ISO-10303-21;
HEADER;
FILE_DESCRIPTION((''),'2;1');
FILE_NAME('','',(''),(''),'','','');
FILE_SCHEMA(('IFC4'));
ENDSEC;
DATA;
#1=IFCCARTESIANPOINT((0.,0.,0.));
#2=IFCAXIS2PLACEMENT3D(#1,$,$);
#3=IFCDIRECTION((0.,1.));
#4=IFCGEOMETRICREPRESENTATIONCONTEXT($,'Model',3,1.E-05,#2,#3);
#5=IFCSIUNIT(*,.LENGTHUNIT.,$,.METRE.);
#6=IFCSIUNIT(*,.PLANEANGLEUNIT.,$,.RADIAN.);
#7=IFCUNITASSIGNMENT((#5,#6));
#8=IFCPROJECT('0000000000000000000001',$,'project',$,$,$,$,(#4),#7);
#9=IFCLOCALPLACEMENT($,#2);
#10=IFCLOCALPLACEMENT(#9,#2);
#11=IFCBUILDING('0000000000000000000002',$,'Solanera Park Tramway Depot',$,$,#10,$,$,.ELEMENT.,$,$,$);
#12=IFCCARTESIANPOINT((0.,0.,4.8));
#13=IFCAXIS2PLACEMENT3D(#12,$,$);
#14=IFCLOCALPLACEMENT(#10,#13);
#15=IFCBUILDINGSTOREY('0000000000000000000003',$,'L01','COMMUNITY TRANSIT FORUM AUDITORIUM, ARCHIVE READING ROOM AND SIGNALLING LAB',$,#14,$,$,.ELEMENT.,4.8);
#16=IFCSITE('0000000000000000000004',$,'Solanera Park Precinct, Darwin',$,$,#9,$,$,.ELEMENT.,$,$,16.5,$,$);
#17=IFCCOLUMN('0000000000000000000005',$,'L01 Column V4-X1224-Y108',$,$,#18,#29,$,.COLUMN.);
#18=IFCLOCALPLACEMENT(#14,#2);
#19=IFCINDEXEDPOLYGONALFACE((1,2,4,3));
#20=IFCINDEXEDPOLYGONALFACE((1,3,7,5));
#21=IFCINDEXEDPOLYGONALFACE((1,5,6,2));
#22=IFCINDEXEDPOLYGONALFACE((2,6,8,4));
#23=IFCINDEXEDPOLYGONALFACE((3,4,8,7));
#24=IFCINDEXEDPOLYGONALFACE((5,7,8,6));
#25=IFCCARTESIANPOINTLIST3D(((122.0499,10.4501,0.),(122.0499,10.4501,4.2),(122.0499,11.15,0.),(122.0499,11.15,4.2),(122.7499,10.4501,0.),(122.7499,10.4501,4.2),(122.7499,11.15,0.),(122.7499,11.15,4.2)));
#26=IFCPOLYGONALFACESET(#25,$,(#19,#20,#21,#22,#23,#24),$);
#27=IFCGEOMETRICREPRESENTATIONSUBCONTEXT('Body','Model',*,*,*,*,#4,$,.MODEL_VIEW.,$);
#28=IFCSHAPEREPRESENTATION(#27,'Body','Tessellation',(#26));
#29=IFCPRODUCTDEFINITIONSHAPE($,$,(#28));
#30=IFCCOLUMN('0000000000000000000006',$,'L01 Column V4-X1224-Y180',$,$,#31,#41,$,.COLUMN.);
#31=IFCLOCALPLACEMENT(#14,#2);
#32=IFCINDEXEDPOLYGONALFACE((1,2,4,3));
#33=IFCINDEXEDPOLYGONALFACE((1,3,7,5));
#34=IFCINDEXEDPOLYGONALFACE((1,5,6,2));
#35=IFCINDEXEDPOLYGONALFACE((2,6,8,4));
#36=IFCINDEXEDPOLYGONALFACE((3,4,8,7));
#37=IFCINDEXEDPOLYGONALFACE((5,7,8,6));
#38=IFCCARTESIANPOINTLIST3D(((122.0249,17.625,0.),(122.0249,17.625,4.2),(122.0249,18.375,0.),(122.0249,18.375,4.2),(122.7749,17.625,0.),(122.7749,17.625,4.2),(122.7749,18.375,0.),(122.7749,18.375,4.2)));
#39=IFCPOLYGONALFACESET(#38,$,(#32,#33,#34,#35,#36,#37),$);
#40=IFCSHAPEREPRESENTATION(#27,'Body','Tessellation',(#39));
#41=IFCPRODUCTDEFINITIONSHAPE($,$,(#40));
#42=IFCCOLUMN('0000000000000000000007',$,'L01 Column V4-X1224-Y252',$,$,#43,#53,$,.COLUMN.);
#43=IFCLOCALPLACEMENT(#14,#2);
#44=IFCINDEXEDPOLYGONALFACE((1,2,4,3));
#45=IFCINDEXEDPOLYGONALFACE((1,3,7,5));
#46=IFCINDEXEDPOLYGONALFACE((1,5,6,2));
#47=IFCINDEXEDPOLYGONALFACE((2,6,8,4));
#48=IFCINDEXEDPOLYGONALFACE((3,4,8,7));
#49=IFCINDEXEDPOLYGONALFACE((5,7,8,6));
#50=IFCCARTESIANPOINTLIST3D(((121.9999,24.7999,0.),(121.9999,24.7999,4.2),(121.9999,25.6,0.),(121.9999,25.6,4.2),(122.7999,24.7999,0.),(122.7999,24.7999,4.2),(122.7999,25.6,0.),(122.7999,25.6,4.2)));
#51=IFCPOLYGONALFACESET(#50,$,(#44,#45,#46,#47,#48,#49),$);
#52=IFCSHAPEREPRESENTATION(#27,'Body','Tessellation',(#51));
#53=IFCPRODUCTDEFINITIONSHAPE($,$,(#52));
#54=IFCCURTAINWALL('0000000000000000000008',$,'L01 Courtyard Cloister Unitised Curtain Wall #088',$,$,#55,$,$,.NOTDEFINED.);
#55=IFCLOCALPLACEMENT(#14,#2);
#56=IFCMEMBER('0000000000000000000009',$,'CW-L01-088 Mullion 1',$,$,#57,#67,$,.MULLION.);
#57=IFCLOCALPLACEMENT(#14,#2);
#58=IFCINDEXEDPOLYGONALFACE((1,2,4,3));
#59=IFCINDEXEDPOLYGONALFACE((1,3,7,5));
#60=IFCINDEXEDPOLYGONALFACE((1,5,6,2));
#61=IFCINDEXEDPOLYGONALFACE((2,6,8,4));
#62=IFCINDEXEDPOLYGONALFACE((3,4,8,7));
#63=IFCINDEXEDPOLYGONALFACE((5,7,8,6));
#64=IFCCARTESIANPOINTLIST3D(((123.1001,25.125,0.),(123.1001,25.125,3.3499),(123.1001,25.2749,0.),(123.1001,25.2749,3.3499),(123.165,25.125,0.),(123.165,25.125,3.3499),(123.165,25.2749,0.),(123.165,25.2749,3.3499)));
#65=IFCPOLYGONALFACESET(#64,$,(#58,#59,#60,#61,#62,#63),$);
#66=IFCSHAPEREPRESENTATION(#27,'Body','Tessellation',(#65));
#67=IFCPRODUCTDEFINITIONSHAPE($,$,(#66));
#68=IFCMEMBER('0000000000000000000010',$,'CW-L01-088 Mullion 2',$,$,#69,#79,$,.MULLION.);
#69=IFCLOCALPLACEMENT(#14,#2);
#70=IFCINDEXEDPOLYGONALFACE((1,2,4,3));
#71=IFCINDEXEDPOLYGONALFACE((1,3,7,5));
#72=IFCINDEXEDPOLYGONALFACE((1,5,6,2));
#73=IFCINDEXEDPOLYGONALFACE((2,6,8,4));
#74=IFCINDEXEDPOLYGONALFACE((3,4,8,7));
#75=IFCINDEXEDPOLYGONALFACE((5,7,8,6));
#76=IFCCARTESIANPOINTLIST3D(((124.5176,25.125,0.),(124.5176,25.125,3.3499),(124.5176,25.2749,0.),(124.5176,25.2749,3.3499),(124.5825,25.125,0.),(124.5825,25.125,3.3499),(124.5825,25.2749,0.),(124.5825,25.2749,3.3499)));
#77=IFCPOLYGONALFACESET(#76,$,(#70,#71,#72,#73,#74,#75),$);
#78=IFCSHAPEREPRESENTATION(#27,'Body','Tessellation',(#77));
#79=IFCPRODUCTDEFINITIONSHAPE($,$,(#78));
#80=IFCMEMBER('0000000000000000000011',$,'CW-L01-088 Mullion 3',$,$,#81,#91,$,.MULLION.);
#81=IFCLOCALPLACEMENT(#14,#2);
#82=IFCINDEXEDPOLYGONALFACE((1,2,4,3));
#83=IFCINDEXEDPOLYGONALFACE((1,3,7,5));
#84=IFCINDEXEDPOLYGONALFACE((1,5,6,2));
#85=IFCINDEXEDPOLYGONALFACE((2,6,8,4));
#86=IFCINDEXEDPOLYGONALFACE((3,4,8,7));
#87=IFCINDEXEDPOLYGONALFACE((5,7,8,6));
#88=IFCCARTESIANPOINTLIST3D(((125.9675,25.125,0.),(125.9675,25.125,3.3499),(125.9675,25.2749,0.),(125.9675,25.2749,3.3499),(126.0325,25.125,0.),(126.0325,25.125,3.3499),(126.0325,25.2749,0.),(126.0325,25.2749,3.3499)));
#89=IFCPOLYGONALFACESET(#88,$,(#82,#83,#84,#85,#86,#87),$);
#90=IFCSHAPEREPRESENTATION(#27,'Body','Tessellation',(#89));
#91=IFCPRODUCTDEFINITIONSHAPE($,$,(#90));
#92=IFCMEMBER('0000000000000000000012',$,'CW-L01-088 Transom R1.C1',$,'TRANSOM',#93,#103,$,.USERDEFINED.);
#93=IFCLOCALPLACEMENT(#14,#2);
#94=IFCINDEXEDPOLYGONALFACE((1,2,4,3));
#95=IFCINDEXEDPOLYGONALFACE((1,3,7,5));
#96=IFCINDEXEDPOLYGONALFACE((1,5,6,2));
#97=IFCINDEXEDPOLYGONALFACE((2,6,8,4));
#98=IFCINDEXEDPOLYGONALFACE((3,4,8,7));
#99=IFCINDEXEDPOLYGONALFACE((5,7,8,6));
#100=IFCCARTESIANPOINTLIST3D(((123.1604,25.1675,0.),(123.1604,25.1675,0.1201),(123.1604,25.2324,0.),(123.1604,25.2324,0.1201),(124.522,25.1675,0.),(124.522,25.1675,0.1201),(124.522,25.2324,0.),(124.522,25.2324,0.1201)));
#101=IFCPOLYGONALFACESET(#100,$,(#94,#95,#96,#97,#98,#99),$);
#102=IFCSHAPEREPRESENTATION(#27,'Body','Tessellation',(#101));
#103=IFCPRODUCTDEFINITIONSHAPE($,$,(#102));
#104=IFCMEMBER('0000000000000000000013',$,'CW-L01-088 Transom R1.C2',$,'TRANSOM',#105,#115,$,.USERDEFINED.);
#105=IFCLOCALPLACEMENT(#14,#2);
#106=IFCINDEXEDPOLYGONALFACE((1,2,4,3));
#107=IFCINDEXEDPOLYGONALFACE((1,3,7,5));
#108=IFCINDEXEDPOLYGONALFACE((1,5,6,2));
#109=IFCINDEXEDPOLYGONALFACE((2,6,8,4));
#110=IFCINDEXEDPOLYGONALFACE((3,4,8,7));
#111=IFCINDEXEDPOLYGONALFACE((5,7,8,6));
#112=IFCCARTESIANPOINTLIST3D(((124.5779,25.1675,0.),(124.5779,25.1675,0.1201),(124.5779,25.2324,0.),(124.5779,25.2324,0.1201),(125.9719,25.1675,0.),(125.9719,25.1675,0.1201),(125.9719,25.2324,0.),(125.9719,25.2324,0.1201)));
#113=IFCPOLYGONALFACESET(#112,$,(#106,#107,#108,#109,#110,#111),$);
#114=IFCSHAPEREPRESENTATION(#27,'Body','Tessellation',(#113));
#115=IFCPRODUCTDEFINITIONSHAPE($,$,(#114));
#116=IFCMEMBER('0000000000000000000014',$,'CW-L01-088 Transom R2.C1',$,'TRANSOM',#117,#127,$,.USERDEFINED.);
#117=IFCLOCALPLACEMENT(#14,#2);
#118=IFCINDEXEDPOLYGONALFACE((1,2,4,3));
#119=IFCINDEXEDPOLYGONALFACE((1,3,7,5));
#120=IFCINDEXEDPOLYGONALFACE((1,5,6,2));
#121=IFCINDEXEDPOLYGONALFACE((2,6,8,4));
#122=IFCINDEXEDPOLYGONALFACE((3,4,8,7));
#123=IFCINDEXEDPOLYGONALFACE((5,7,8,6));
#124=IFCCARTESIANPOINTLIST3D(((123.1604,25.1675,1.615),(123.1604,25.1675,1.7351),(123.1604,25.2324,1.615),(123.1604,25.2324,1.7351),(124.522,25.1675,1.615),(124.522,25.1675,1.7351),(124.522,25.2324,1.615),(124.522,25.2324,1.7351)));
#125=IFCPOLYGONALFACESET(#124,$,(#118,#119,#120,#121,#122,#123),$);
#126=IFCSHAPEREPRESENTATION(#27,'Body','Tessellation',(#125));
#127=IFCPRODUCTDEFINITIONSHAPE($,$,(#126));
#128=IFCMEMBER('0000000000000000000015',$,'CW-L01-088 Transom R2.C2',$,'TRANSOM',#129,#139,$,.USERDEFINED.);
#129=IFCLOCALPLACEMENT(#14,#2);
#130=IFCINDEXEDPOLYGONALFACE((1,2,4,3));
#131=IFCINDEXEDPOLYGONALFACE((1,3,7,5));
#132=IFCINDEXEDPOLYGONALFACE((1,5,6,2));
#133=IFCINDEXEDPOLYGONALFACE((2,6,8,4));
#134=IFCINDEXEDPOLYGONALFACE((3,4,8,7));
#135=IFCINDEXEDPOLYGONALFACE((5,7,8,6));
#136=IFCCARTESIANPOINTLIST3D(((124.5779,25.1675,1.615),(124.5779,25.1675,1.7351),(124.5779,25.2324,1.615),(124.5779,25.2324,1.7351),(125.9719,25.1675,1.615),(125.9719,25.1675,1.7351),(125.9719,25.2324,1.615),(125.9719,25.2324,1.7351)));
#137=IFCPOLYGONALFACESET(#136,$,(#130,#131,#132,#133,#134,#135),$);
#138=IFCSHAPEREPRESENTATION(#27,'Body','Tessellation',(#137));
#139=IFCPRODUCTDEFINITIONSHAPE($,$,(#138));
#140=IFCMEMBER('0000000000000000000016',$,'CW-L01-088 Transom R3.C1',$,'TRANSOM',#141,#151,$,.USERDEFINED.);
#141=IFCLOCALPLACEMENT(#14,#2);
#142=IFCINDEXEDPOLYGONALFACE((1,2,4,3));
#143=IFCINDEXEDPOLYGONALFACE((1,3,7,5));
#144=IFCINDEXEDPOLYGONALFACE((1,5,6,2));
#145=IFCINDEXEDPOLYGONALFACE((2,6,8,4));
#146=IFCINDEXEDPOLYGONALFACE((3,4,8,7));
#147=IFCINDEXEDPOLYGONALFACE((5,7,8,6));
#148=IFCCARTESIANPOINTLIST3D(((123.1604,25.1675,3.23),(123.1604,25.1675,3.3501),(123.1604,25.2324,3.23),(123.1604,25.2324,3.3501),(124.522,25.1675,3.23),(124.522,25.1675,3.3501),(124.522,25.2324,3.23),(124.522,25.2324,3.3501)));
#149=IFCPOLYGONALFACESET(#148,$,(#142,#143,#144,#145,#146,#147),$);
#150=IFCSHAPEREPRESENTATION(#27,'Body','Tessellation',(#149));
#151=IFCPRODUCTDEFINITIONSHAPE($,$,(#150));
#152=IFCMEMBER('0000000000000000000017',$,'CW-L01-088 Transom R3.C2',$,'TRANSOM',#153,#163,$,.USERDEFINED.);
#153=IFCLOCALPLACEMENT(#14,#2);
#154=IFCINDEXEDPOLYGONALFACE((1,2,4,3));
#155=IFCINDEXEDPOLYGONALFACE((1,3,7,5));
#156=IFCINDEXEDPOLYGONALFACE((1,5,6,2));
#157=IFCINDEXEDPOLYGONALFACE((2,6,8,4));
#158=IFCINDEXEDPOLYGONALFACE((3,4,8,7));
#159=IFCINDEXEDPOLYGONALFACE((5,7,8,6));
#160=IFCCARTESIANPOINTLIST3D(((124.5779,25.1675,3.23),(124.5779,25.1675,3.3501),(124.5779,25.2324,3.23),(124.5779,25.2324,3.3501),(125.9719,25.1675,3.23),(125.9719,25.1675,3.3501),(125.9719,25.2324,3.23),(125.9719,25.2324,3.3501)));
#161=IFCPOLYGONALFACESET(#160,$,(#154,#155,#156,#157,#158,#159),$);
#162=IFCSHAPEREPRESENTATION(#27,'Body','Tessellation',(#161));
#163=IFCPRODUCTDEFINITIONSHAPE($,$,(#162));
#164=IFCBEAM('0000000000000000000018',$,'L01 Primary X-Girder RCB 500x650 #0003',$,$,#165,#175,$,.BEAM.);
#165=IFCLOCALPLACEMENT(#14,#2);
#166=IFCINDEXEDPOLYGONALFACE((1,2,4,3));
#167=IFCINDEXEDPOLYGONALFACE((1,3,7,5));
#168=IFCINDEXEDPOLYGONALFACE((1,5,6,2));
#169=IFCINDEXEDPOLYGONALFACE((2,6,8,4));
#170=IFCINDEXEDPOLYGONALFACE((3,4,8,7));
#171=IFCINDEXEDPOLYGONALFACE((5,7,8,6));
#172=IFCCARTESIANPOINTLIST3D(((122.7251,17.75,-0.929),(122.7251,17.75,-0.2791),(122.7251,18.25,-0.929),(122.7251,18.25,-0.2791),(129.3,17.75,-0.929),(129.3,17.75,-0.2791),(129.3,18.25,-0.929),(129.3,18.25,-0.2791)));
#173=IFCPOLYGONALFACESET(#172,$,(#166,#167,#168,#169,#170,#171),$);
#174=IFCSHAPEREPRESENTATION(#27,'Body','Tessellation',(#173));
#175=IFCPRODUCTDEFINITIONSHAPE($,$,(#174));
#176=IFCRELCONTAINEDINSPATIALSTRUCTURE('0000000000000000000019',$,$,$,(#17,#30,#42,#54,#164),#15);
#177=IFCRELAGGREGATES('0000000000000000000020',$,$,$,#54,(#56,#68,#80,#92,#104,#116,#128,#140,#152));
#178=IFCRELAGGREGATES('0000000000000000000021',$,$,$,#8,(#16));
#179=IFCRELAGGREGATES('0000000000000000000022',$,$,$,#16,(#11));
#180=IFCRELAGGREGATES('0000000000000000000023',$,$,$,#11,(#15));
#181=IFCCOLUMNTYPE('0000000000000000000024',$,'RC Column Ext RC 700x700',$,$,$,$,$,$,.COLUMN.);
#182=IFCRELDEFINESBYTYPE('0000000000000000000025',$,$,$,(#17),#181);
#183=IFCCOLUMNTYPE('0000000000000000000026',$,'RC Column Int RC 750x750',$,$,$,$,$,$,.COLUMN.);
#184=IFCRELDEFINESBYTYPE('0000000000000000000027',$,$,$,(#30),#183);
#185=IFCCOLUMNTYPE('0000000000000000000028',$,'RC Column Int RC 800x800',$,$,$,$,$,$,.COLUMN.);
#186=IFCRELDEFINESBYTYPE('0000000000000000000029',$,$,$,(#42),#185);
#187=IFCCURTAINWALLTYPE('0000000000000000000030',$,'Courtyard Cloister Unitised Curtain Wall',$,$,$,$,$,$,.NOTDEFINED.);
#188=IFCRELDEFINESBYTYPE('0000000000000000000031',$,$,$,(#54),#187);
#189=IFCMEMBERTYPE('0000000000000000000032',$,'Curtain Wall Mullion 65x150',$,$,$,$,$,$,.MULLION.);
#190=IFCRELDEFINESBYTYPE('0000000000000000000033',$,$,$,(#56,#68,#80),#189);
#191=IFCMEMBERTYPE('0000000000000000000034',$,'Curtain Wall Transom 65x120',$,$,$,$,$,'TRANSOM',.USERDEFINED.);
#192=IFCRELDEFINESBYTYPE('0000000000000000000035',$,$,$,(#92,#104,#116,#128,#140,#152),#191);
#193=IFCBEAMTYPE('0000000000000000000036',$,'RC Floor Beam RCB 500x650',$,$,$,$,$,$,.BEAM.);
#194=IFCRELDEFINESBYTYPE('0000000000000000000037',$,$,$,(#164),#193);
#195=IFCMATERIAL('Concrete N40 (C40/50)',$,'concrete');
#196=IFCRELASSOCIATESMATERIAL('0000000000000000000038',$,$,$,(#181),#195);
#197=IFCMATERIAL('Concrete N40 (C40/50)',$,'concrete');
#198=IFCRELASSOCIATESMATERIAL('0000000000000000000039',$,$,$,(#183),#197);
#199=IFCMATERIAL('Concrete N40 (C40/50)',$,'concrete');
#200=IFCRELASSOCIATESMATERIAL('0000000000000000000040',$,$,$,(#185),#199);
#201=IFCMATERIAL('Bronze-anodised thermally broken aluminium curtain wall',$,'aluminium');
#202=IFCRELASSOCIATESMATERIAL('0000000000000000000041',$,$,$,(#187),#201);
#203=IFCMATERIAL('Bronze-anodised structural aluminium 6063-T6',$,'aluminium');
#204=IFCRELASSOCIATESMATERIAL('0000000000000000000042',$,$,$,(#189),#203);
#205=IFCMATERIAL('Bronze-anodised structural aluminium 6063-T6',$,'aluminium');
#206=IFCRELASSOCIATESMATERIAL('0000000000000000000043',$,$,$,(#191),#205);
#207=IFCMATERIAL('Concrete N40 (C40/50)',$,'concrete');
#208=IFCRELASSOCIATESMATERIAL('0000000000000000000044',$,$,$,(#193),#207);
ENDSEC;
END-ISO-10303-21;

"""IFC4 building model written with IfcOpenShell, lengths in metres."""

from ifc_helpers import new_model, si_unit, direction, frame, origin, origin_2d, place, context, subcontext, project, spatial, rectangle, extrude, material, material_profile, profile_set, type_object, element, aggregate, save


model = new_model("IFC4")

# Units and contexts
model_context = context("Model", 3, precision=1e-05, world=origin(), true_north=direction((0.0, 1.0)))
body_context = subcontext(model_context, "Body", "Model", "MODEL_VIEW")
ifc_project = project(units=[si_unit("LENGTHUNIT", "METRE"), si_unit("PLANEANGLEUNIT", "RADIAN")], contexts=[model_context])

# Site, building, storey
site_placement = place(None, origin())
site = spatial("IfcSite", under=ifc_project, at=site_placement, Name="Solanera Park Precinct, Darwin", CompositionType="ELEMENT", RefElevation=16.5)
building_placement = place(site_placement, origin())
building = spatial("IfcBuilding", under=site, at=building_placement, Name="Solanera Park Tramway Depot", CompositionType="ELEMENT")
storey_placement = place(building_placement, frame((0.0, 0.0, 4.8)))
storey = spatial("IfcBuildingStorey", under=building, at=storey_placement, Name="L01", Description="COMMUNITY TRANSIT FORUM AUDITORIUM, ARCHIVE READING ROOM AND SIGNALLING LAB", CompositionType="ELEMENT", Elevation=4.8)

# Columns
ifc_material_1 = material(Name="Concrete N40 (C40/50)", Category="concrete")
ifc_material_profile_1 = material_profile(ifc_material_1, rectangle(XDim=0.7, YDim=0.7, at=origin_2d()), Name="RC 700x700")
ifc_profile_set_1 = profile_set([ifc_material_profile_1], Name="Concrete N40 (C40/50)")
column_type_1 = type_object("IfcColumnType", Name="RC Column Ext RC 700x700", PredefinedType="COLUMN", material=ifc_profile_set_1)
column_1_placement = place(storey_placement, frame((122.3999, 10.8, 0.0), z_axis=(0.0, 0.0, 1.0), x_axis=(1.0, 0.0, 0.0)))
element("IfcColumn", 1, at=column_1_placement, inside=storey, type_object=column_type_1, Name="L01 Column V4-X1224-Y108", PredefinedType="COLUMN", context=body_context, shape_type="SweptSolid", body=[
    extrude(rectangle(XDim=0.7, YDim=0.7, at=origin_2d()), origin(), (0.0, 0.0, 1.0), 4.2),
])
ifc_material_2 = material(Name="Concrete N40 (C40/50)", Category="concrete")
ifc_material_profile_2 = material_profile(ifc_material_2, rectangle(XDim=0.75, YDim=0.75, at=origin_2d()), Name="RC 750x750")
ifc_profile_set_2 = profile_set([ifc_material_profile_2], Name="Concrete N40 (C40/50)")
column_type_2 = type_object("IfcColumnType", Name="RC Column Int RC 750x750", PredefinedType="COLUMN", material=ifc_profile_set_2)
column_2_placement = place(storey_placement, frame((122.3999, 18.0, 0.0), z_axis=(0.0, 0.0, 1.0), x_axis=(1.0, 0.0, 0.0)))
element("IfcColumn", 2, at=column_2_placement, inside=storey, type_object=column_type_2, Name="L01 Column V4-X1224-Y180", PredefinedType="COLUMN", context=body_context, shape_type="SweptSolid", body=[
    extrude(rectangle(XDim=0.75, YDim=0.75, at=origin_2d()), origin(), (0.0, 0.0, 1.0), 4.2),
])
ifc_material_3 = material(Name="Concrete N40 (C40/50)", Category="concrete")
ifc_material_profile_3 = material_profile(ifc_material_3, rectangle(XDim=0.8, YDim=0.8, at=origin_2d()), Name="RC 800x800")
ifc_profile_set_3 = profile_set([ifc_material_profile_3], Name="Concrete N40 (C40/50)")
column_type_3 = type_object("IfcColumnType", Name="RC Column Int RC 800x800", PredefinedType="COLUMN", material=ifc_profile_set_3)
column_3_placement = place(storey_placement, frame((122.3999, 25.2, 0.0), z_axis=(0.0, 0.0, 1.0), x_axis=(1.0, 0.0, 0.0)))
element("IfcColumn", 3, at=column_3_placement, inside=storey, type_object=column_type_3, Name="L01 Column V4-X1224-Y252", PredefinedType="COLUMN", context=body_context, shape_type="SweptSolid", body=[
    extrude(rectangle(XDim=0.8, YDim=0.8, at=origin_2d()), origin(), (0.0, 0.0, 1.0), 4.2),
])

# Curtain wall, members
ifc_material_4 = material(Name="Bronze-anodised thermally broken aluminium curtain wall", Category="aluminium")
curtain_wall_type = type_object("IfcCurtainWallType", Name="Courtyard Cloister Unitised Curtain Wall", PredefinedType="NOTDEFINED", material=ifc_material_4)
curtain_wall_placement = place(storey_placement, origin())
curtain_wall = element("IfcCurtainWall", 4, at=curtain_wall_placement, inside=storey, type_object=curtain_wall_type, Name="L01 Courtyard Cloister Unitised Curtain Wall #088", PredefinedType="NOTDEFINED")
ifc_material_5 = material(Name="Bronze-anodised structural aluminium 6063-T6", Category="aluminium")
ifc_material_profile_4 = material_profile(ifc_material_5, rectangle(XDim=0.0649, YDim=0.1499, at=origin_2d()), Name="Curtain Wall Mullion 65x150")
ifc_profile_set_4 = profile_set([ifc_material_profile_4], Name="Bronze-anodised structural aluminium 6063-T6")
member_type_1 = type_object("IfcMemberType", Name="Curtain Wall Mullion 65x150", PredefinedType="MULLION", material=ifc_profile_set_4)
member_1_placement = place(storey_placement, frame((123.1326, 25.2, 0.0), z_axis=(0.0, 0.0, 1.0), x_axis=(1.0, 0.0, 0.0)))
member_1 = element("IfcMember", 5, at=member_1_placement, type_object=member_type_1, Name="CW-L01-088 Mullion 1", PredefinedType="MULLION", context=body_context, shape_type="SweptSolid", body=[
    extrude(rectangle(XDim=0.0649, YDim=0.1499, at=origin_2d()), origin(), (0.0, 0.0, 1.0), 3.3499),
])
member_2_placement = place(storey_placement, frame((124.55, 25.2, 0.0), z_axis=(0.0, 0.0, 1.0), x_axis=(1.0, 0.0, 0.0)))
member_2 = element("IfcMember", 6, at=member_2_placement, type_object=member_type_1, Name="CW-L01-088 Mullion 2", PredefinedType="MULLION", context=body_context, shape_type="SweptSolid", body=[
    extrude(rectangle(XDim=0.0649, YDim=0.1499, at=origin_2d()), origin(), (0.0, 0.0, 1.0), 3.3499),
])
member_3_placement = place(storey_placement, frame((126.0, 25.2, 0.0), z_axis=(0.0, 0.0, 1.0), x_axis=(1.0, 0.0, 0.0)))
member_3 = element("IfcMember", 7, at=member_3_placement, type_object=member_type_1, Name="CW-L01-088 Mullion 3", PredefinedType="MULLION", context=body_context, shape_type="SweptSolid", body=[
    extrude(rectangle(XDim=0.0649, YDim=0.1499, at=origin_2d()), origin(), (0.0, 0.0, 1.0), 3.3499),
])
ifc_material_6 = material(Name="Bronze-anodised structural aluminium 6063-T6", Category="aluminium")
ifc_material_profile_5 = material_profile(ifc_material_6, rectangle(XDim=0.0649, YDim=0.1201, at=origin_2d()), Name="Curtain Wall Transom 65x120")
ifc_profile_set_5 = profile_set([ifc_material_profile_5], Name="Bronze-anodised structural aluminium 6063-T6")
member_type_2 = type_object("IfcMemberType", Name="Curtain Wall Transom 65x120", ElementType="TRANSOM", PredefinedType="USERDEFINED", material=ifc_profile_set_5)
member_4_placement = place(storey_placement, frame((123.1604, 25.2, 0.0601), z_axis=(1.0, 0.0, 0.0), x_axis=(0.0, 1.0, 0.0)))
member_4 = element("IfcMember", 8, at=member_4_placement, type_object=member_type_2, Name="CW-L01-088 Transom R1.C1", ObjectType="TRANSOM", PredefinedType="USERDEFINED", context=body_context, shape_type="SweptSolid", body=[
    extrude(rectangle(XDim=0.0649, YDim=0.1201, at=origin_2d()), origin(), (0.0, 0.0, 1.0), 1.3616),
])
member_5_placement = place(storey_placement, frame((124.5779, 25.2, 0.0601), z_axis=(1.0, 0.0, 0.0), x_axis=(0.0, 1.0, 0.0)))
member_5 = element("IfcMember", 9, at=member_5_placement, type_object=member_type_2, Name="CW-L01-088 Transom R1.C2", ObjectType="TRANSOM", PredefinedType="USERDEFINED", context=body_context, shape_type="SweptSolid", body=[
    extrude(rectangle(XDim=0.0649, YDim=0.1201, at=origin_2d()), origin(), (0.0, 0.0, 1.0), 1.394),
])
member_6_placement = place(storey_placement, frame((123.1604, 25.2, 1.675), z_axis=(1.0, 0.0, 0.0), x_axis=(0.0, 1.0, 0.0)))
member_6 = element("IfcMember", 10, at=member_6_placement, type_object=member_type_2, Name="CW-L01-088 Transom R2.C1", ObjectType="TRANSOM", PredefinedType="USERDEFINED", context=body_context, shape_type="SweptSolid", body=[
    extrude(rectangle(XDim=0.0649, YDim=0.1201, at=origin_2d()), origin(), (0.0, 0.0, 1.0), 1.3616),
])
member_7_placement = place(storey_placement, frame((124.5779, 25.2, 1.675), z_axis=(1.0, 0.0, 0.0), x_axis=(0.0, 1.0, 0.0)))
member_7 = element("IfcMember", 11, at=member_7_placement, type_object=member_type_2, Name="CW-L01-088 Transom R2.C2", ObjectType="TRANSOM", PredefinedType="USERDEFINED", context=body_context, shape_type="SweptSolid", body=[
    extrude(rectangle(XDim=0.0649, YDim=0.1201, at=origin_2d()), origin(), (0.0, 0.0, 1.0), 1.394),
])
member_8_placement = place(storey_placement, frame((123.1604, 25.2, 3.29), z_axis=(1.0, 0.0, 0.0), x_axis=(0.0, 1.0, 0.0)))
member_8 = element("IfcMember", 12, at=member_8_placement, type_object=member_type_2, Name="CW-L01-088 Transom R3.C1", ObjectType="TRANSOM", PredefinedType="USERDEFINED", context=body_context, shape_type="SweptSolid", body=[
    extrude(rectangle(XDim=0.0649, YDim=0.1201, at=origin_2d()), origin(), (0.0, 0.0, 1.0), 1.3616),
])
member_9_placement = place(storey_placement, frame((124.5779, 25.2, 3.29), z_axis=(1.0, 0.0, 0.0), x_axis=(0.0, 1.0, 0.0)))
member_9 = element("IfcMember", 13, at=member_9_placement, type_object=member_type_2, Name="CW-L01-088 Transom R3.C2", ObjectType="TRANSOM", PredefinedType="USERDEFINED", context=body_context, shape_type="SweptSolid", body=[
    extrude(rectangle(XDim=0.0649, YDim=0.1201, at=origin_2d()), origin(), (0.0, 0.0, 1.0), 1.394),
])

# Beam
ifc_material_7 = material(Name="Concrete N40 (C40/50)", Category="concrete")
ifc_material_profile_6 = material_profile(ifc_material_7, rectangle(XDim=0.5, YDim=0.6499, at=origin_2d()), Name="RCB 500x650")
ifc_profile_set_6 = profile_set([ifc_material_profile_6], Name="Concrete N40 (C40/50)")
beam_type_1 = type_object("IfcBeamType", Name="RC Floor Beam RCB 500x650", PredefinedType="BEAM", material=ifc_profile_set_6)
beam_1_placement = place(storey_placement, frame((122.7251, 18.0, -0.604), z_axis=(1.0, 0.0, 0.0), x_axis=(0.0, 1.0, 0.0)))
element("IfcBeam", 14, at=beam_1_placement, inside=storey, type_object=beam_type_1, Name="L01 Primary X-Girder RCB 500x650 #0003", PredefinedType="BEAM", context=body_context, shape_type="SweptSolid", body=[
    extrude(rectangle(XDim=0.5, YDim=0.6499, at=origin_2d()), origin(), (0.0, 0.0, 1.0), 6.575),
])

aggregate(curtain_wall, [member_1, member_2, member_3, member_4, member_5, member_6, member_7, member_8, member_9])

save(model, "model.ifc")
